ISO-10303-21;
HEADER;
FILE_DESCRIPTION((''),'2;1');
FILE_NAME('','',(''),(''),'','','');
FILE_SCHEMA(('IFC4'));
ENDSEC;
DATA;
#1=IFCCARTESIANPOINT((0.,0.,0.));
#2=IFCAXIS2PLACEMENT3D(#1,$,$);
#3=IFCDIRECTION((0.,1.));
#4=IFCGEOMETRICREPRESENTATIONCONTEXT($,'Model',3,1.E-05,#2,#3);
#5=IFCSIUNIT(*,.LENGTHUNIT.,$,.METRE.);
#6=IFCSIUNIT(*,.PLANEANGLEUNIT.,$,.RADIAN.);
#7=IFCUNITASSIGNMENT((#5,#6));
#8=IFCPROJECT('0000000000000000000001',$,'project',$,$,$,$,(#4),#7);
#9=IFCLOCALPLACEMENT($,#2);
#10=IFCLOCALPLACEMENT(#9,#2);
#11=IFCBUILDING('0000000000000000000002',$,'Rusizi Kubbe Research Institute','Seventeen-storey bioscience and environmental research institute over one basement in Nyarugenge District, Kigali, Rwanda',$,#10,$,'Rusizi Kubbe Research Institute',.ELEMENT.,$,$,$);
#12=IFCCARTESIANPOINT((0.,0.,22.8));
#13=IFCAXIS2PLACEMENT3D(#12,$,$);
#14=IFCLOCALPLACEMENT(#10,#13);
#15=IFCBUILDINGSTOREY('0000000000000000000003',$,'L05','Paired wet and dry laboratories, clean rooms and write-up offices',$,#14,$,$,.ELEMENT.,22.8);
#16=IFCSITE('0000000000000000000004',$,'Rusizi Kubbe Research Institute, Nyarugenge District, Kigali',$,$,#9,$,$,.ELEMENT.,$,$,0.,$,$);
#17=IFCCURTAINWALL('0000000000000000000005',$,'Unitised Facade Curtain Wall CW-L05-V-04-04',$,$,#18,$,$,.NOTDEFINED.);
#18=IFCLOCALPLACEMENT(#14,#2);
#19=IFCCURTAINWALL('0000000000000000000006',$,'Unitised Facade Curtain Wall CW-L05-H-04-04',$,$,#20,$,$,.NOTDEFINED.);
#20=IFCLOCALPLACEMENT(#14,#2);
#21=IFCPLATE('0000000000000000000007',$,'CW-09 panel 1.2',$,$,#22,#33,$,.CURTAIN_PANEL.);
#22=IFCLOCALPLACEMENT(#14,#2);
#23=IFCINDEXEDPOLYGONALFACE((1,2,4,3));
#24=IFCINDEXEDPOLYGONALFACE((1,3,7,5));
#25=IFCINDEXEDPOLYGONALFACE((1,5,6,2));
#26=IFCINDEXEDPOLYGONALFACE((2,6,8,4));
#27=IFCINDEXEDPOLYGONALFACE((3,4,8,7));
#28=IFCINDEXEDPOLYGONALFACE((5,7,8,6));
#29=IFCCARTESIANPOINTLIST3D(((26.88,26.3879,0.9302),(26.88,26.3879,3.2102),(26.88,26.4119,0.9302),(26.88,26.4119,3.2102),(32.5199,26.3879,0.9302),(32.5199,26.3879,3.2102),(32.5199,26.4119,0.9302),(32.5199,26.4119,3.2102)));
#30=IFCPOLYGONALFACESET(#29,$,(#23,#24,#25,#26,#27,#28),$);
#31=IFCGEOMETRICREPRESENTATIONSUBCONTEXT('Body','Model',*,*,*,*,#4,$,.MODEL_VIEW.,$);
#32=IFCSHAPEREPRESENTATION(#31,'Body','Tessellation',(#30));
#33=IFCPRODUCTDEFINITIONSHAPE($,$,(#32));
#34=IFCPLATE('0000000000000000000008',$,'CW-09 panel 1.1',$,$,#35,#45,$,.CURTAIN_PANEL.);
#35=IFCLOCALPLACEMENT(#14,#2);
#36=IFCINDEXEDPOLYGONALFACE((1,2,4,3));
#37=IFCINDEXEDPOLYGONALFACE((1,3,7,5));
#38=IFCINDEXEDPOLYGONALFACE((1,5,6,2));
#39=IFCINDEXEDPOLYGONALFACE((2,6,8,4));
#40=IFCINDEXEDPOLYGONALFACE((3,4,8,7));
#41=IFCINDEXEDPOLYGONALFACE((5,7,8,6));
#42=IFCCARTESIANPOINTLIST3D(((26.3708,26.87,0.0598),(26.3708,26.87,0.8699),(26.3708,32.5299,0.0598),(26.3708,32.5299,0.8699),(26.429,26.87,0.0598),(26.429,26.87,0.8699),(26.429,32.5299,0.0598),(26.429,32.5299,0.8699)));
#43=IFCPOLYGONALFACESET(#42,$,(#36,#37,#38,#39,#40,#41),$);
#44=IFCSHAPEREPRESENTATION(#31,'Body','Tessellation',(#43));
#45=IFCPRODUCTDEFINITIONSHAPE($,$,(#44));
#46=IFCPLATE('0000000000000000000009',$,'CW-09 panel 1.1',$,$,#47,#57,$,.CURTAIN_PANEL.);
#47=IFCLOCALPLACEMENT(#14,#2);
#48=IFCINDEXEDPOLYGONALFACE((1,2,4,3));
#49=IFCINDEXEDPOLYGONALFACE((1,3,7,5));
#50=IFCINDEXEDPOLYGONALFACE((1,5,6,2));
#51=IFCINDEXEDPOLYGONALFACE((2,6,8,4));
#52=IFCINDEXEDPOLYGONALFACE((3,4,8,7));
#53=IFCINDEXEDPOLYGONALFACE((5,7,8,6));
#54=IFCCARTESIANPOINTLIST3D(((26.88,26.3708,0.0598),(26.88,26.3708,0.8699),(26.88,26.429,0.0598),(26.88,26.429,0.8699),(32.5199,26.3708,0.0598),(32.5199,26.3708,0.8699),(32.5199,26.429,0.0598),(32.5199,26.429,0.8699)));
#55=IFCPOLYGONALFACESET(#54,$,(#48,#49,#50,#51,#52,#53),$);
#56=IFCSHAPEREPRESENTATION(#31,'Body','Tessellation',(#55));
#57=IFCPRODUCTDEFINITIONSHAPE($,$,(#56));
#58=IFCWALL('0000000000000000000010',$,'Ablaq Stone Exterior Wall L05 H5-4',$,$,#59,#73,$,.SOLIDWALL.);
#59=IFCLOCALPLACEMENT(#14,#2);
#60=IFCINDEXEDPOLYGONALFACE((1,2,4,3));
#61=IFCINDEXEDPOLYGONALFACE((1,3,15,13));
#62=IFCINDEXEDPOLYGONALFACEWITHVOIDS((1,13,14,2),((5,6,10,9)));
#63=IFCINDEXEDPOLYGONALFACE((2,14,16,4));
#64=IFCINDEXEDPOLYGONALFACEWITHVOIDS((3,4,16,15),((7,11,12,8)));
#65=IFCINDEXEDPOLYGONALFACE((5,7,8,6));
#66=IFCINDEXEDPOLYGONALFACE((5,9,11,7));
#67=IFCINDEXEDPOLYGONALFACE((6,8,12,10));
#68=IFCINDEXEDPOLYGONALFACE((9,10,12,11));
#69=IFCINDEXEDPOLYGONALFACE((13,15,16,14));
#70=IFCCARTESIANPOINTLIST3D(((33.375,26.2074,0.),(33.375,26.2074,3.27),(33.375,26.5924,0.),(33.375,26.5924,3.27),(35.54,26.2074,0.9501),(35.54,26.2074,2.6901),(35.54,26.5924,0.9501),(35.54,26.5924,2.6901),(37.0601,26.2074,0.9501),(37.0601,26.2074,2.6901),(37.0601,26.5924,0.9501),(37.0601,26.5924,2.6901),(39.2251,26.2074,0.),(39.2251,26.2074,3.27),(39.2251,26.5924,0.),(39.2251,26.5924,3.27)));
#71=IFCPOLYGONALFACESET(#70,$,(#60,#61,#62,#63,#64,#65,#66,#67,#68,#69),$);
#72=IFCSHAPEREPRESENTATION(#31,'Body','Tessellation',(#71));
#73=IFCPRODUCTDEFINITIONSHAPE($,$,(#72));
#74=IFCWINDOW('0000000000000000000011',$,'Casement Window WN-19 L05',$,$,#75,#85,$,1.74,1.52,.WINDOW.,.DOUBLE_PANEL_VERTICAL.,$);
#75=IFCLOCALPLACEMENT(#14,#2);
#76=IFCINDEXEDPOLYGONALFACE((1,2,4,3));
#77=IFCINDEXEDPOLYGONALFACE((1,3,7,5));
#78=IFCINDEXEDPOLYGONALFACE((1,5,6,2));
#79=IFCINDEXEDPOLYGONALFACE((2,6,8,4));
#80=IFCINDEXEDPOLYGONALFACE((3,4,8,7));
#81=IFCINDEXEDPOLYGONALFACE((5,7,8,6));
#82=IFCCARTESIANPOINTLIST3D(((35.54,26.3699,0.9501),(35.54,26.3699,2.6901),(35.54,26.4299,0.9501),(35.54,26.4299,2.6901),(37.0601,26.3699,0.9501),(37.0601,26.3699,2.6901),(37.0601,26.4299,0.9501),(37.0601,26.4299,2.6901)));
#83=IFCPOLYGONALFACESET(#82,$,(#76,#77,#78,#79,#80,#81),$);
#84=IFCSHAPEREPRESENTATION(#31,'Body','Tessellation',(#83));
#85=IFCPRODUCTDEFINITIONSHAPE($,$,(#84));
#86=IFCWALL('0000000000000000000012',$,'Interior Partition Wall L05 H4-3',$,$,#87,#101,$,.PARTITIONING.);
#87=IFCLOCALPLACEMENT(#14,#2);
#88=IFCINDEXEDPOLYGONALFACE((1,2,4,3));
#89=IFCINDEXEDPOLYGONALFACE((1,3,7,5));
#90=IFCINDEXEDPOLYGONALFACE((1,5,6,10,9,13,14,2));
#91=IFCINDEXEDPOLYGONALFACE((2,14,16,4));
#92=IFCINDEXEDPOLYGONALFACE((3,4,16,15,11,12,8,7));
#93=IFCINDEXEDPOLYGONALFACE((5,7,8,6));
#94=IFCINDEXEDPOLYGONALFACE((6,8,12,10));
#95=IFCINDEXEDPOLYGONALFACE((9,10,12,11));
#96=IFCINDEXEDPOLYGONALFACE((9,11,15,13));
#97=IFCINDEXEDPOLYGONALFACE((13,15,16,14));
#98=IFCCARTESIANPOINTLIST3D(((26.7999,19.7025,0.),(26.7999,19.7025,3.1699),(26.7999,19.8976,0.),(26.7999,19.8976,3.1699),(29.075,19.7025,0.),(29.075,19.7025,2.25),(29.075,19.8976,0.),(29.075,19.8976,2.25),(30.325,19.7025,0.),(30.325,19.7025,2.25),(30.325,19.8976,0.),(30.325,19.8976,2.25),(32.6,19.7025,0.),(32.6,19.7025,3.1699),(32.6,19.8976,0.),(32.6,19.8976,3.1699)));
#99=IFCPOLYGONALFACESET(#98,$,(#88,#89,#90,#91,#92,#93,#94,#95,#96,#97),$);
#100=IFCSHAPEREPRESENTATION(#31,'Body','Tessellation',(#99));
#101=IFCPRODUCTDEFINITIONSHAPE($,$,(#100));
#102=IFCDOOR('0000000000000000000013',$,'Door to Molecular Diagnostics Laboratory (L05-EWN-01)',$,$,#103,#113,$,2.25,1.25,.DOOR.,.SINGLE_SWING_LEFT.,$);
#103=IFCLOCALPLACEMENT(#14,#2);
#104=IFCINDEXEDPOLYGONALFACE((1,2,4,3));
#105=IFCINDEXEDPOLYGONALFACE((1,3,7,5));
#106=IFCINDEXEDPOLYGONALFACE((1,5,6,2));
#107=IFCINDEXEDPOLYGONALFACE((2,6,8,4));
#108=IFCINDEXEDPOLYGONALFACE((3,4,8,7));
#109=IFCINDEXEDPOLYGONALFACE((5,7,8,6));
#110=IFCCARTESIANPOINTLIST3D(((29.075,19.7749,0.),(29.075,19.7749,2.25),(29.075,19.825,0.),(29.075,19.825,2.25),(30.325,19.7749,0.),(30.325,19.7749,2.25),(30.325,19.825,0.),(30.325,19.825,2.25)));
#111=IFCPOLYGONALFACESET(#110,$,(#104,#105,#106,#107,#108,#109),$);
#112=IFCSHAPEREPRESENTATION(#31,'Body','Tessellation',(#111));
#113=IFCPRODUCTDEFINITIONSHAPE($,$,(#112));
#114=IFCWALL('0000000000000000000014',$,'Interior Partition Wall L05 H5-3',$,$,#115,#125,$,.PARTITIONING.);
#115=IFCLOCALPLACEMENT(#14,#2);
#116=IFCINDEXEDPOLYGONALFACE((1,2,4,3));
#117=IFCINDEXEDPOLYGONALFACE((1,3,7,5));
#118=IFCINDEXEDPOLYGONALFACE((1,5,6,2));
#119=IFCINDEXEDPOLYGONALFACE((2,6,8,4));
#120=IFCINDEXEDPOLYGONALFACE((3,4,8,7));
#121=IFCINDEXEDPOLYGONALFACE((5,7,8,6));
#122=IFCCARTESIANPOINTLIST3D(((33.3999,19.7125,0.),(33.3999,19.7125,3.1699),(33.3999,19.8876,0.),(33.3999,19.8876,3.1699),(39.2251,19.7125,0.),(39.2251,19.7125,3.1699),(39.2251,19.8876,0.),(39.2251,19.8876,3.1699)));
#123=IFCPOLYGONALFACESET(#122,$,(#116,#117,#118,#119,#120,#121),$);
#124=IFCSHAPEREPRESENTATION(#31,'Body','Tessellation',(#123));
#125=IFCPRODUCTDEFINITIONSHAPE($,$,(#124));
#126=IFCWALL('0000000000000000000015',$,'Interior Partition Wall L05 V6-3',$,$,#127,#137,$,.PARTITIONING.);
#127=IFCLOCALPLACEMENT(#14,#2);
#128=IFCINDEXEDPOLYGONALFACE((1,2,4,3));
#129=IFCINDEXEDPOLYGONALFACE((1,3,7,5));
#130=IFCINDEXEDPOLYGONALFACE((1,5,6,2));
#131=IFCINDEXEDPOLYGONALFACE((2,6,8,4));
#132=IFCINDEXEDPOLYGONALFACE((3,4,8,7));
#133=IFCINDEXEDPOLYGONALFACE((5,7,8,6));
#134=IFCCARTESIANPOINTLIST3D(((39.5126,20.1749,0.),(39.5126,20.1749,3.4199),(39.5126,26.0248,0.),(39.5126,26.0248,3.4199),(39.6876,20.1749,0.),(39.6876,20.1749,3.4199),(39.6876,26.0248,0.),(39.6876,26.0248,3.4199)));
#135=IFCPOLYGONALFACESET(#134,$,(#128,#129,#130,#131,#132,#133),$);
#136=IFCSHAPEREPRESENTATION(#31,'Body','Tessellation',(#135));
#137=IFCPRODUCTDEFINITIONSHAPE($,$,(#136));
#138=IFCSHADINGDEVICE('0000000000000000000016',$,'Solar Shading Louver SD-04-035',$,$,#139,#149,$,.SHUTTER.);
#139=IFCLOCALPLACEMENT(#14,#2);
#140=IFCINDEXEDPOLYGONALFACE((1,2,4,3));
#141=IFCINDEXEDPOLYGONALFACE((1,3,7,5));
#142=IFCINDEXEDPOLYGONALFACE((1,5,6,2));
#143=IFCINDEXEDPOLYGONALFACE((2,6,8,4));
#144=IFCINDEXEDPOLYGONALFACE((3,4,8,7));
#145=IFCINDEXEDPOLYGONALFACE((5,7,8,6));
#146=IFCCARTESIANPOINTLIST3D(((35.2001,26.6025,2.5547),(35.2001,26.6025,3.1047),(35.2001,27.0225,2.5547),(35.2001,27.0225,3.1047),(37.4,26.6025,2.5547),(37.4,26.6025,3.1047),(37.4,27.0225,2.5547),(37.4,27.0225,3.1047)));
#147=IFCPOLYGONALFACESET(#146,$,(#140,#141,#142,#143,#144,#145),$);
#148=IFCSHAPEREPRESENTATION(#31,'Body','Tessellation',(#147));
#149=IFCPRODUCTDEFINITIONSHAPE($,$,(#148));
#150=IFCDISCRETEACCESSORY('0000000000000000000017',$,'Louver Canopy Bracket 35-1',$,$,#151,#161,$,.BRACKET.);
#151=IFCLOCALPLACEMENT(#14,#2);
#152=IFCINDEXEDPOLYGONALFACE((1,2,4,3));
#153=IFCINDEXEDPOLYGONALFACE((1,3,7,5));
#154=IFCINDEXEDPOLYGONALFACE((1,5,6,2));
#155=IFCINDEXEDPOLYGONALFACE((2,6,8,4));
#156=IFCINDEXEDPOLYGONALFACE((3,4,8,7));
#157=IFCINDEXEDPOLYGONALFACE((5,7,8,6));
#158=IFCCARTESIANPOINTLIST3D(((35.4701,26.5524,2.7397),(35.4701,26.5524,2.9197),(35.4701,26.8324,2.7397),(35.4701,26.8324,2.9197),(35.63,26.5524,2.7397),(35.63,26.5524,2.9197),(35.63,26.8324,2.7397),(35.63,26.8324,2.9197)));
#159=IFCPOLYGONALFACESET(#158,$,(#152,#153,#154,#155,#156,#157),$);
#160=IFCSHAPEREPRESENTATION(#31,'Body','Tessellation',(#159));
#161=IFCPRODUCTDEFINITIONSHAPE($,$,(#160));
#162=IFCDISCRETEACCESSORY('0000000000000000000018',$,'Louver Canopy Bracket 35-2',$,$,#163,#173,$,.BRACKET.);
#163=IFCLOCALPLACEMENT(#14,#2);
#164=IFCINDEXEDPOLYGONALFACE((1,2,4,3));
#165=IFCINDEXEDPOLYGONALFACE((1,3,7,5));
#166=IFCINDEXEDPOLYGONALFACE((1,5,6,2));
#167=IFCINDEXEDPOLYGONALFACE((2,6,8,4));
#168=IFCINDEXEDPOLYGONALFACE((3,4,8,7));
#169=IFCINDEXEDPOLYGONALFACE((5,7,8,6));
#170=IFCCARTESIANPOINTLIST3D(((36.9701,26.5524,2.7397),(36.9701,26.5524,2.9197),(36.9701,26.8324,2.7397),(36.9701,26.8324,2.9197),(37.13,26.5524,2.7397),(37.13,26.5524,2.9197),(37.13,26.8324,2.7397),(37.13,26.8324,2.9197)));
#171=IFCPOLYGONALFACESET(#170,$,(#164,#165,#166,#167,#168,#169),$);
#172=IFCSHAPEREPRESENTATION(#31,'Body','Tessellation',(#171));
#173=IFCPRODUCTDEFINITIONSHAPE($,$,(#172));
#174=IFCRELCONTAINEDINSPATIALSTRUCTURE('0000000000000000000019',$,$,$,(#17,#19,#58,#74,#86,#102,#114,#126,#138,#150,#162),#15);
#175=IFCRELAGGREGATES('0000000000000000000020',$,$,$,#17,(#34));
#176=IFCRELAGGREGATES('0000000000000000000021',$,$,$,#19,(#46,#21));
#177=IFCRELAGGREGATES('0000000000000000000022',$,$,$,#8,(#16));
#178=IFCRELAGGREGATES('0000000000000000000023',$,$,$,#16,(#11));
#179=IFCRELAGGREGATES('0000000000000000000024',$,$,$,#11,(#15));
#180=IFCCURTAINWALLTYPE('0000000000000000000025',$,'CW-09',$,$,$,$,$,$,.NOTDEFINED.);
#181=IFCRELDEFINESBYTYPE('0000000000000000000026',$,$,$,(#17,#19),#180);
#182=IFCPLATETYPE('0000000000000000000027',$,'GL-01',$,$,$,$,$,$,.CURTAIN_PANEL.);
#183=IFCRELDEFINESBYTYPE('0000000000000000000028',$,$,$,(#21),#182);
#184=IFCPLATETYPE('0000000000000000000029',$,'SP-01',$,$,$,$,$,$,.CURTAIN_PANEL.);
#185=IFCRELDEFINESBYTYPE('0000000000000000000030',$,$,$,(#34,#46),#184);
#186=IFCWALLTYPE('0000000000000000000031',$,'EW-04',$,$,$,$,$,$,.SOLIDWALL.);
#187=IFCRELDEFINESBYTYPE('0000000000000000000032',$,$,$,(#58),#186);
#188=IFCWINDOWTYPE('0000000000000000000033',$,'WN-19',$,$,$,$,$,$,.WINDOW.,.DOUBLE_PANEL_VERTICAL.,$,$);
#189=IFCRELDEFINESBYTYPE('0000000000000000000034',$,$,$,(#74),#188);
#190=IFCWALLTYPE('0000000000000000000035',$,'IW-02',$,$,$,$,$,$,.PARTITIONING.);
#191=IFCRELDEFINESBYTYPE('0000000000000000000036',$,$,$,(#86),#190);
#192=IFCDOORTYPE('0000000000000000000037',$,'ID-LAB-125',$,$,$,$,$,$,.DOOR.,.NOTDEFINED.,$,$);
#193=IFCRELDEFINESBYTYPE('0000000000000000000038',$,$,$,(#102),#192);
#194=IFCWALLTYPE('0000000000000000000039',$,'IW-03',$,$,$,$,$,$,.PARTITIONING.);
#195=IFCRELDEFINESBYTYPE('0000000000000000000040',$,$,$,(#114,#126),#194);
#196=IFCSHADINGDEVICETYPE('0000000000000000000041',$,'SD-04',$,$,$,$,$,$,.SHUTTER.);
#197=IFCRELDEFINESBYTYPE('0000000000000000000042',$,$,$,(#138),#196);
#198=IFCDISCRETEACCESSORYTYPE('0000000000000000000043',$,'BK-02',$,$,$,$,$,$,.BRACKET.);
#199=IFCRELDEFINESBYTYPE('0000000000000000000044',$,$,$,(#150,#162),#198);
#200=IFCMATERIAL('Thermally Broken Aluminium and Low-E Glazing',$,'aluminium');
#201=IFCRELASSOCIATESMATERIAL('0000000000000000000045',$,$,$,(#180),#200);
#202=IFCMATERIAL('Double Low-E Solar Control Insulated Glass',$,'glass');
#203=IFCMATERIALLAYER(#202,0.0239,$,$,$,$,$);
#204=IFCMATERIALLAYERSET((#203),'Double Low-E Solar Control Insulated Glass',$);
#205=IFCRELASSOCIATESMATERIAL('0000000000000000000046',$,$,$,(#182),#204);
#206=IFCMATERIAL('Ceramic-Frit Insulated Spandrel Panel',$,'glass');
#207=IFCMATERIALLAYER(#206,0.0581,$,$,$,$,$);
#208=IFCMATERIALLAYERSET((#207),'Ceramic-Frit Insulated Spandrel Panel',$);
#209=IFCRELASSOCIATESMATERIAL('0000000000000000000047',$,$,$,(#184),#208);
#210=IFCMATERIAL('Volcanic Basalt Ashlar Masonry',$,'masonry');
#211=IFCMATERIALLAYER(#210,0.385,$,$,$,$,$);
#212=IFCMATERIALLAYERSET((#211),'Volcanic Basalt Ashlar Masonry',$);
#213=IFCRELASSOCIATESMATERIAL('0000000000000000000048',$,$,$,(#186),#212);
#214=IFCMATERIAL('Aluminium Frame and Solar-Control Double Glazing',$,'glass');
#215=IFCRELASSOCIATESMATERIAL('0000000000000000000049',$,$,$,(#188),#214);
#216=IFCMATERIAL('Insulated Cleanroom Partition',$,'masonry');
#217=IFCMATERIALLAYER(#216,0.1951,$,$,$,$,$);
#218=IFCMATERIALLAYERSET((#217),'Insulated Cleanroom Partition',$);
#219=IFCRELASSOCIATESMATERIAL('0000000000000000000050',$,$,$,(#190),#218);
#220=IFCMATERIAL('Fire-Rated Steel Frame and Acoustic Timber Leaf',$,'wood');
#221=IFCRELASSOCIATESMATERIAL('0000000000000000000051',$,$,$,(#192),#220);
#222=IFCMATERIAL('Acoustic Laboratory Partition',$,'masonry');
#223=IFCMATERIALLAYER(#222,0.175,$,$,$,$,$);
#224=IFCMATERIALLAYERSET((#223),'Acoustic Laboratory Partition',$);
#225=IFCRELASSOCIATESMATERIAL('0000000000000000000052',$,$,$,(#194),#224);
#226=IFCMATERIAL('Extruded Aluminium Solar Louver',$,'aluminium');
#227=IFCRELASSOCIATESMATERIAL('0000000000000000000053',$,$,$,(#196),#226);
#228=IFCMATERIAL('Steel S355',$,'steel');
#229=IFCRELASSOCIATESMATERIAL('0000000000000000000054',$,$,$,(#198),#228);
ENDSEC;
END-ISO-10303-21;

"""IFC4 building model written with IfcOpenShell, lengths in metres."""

from ifc_helpers import new_model, si_unit, direction, frame, frame_2d, origin, origin_2d, place, context, subcontext, project, spatial, rectangle, extrude, material, layer, layer_set, type_object, element, fill, aggregate, save


model = new_model("IFC4")

# Units and contexts
model_context = context("Model", 3, precision=1e-05, world=origin(), true_north=direction((0.0, 1.0)))
body_context = subcontext(model_context, "Body", "Model", "MODEL_VIEW")
ifc_project = project(units=[si_unit("LENGTHUNIT", "METRE"), si_unit("PLANEANGLEUNIT", "RADIAN")], contexts=[model_context])

# Site, building, storey
site_placement = place(None, origin())
site = spatial("IfcSite", under=ifc_project, at=site_placement, Name="Rusizi Kubbe Research Institute, Nyarugenge District, Kigali", CompositionType="ELEMENT", RefElevation=0.0)
building_placement = place(site_placement, origin())
building = spatial("IfcBuilding", under=site, at=building_placement, Name="Rusizi Kubbe Research Institute", Description="Seventeen-storey bioscience and environmental research institute over one basement in Nyarugenge District, Kigali, Rwanda", LongName="Rusizi Kubbe Research Institute", CompositionType="ELEMENT")
storey_placement = place(building_placement, frame((0.0, 0.0, 22.8)))
storey = spatial("IfcBuildingStorey", under=building, at=storey_placement, Name="L05", Description="Paired wet and dry laboratories, clean rooms and write-up offices", CompositionType="ELEMENT", Elevation=22.8)

# Curtain wall
ifc_material_1 = material(Name="Thermally Broken Aluminium and Low-E Glazing", Category="aluminium")
curtain_wall_type = type_object("IfcCurtainWallType", Name="CW-09", PredefinedType="NOTDEFINED", material=ifc_material_1)
curtain_wall_1_placement = place(storey_placement, origin())
curtain_wall_1 = element("IfcCurtainWall", 1, at=curtain_wall_1_placement, inside=storey, type_object=curtain_wall_type, Name="Unitised Facade Curtain Wall CW-L05-V-04-04", PredefinedType="NOTDEFINED")

# Curtain wall
curtain_wall_2_placement = place(storey_placement, origin())
curtain_wall_2 = element("IfcCurtainWall", 2, at=curtain_wall_2_placement, inside=storey, type_object=curtain_wall_type, Name="Unitised Facade Curtain Wall CW-L05-H-04-04", PredefinedType="NOTDEFINED")

# Plates
ifc_material_2 = material(Name="Double Low-E Solar Control Insulated Glass", Category="glass")
ifc_layer_1 = layer(ifc_material_2, 0.0239)
ifc_layer_set_1 = layer_set([ifc_layer_1], Name="Double Low-E Solar Control Insulated Glass")
plate_type_1 = type_object("IfcPlateType", Name="GL-01", PredefinedType="CURTAIN_PANEL", material=ifc_layer_set_1)
plate_1_placement = place(storey_placement, frame((29.7, 26.3999, 0.9302), z_axis=(0.0, 0.0, 1.0), x_axis=(1.0, 0.0, 0.0)))
plate_1 = element("IfcPlate", 3, at=plate_1_placement, type_object=plate_type_1, Name="CW-09 panel 1.2", PredefinedType="CURTAIN_PANEL", context=body_context, shape_type="SweptSolid", body=[
    extrude(rectangle(XDim=5.6399, YDim=0.0239, at=origin_2d()), origin(), (0.0, 0.0, 1.0), 2.28),
])
ifc_material_3 = material(Name="Ceramic-Frit Insulated Spandrel Panel", Category="glass")
ifc_layer_2 = layer(ifc_material_3, 0.0581)
ifc_layer_set_2 = layer_set([ifc_layer_2], Name="Ceramic-Frit Insulated Spandrel Panel")
plate_type_2 = type_object("IfcPlateType", Name="SP-01", PredefinedType="CURTAIN_PANEL", material=ifc_layer_set_2)
plate_2_placement = place(storey_placement, frame((26.3999, 29.7, 0.0598), z_axis=(0.0, 0.0, 1.0), x_axis=(0.0, 1.0, 0.0)))
plate_2 = element("IfcPlate", 4, at=plate_2_placement, type_object=plate_type_2, Name="CW-09 panel 1.1", PredefinedType="CURTAIN_PANEL", context=body_context, shape_type="SweptSolid", body=[
    extrude(rectangle(XDim=5.6599, YDim=0.0581, at=origin_2d()), origin(), (0.0, 0.0, 1.0), 0.8101),
])
aggregate(curtain_wall_1, [plate_2])
plate_3_placement = place(storey_placement, frame((29.7, 26.3999, 0.0598), z_axis=(0.0, 0.0, 1.0), x_axis=(1.0, 0.0, 0.0)))
plate_3 = element("IfcPlate", 5, at=plate_3_placement, type_object=plate_type_2, Name="CW-09 panel 1.1", PredefinedType="CURTAIN_PANEL", context=body_context, shape_type="SweptSolid", body=[
    extrude(rectangle(XDim=5.6399, YDim=0.0581, at=origin_2d()), origin(), (0.0, 0.0, 1.0), 0.8101),
])
aggregate(curtain_wall_2, [plate_3, plate_1])

# Wall, opening, window
ifc_material_4 = material(Name="Volcanic Basalt Ashlar Masonry", Category="masonry")
ifc_layer_3 = layer(ifc_material_4, 0.385)
ifc_layer_set_3 = layer_set([ifc_layer_3], Name="Volcanic Basalt Ashlar Masonry")
wall_type_1 = type_object("IfcWallType", Name="EW-04", PredefinedType="SOLIDWALL", material=ifc_layer_set_3)
wall_1_placement = place(storey_placement, frame((33.375, 26.3999, 0.0), z_axis=(0.0, 0.0, 1.0), x_axis=(1.0, 0.0, 0.0)))
wall_1 = element("IfcWall", 6, at=wall_1_placement, inside=storey, type_object=wall_type_1, Name="Ablaq Stone Exterior Wall L05 H5-4", PredefinedType="SOLIDWALL", context=body_context, shape_type="SweptSolid", body=[
    extrude(rectangle(XDim=5.8501, YDim=0.385, at=frame_2d((2.925, 0.0))), origin(), (0.0, 0.0, 1.0), 3.27),
])
opening_1_placement = place(wall_1_placement, frame((2.165, 0.0, 0.95)))
opening_1 = element("IfcOpeningElement", 7, at=opening_1_placement, cuts=wall_1, PredefinedType="OPENING", context=body_context, shape_type="SweptSolid", body=[
    extrude(rectangle(XDim=1.52, YDim=1.74, at=frame_2d((0.76, 0.8701))), frame((0.0, 0.2024, 0.0), z_axis=(0.0, -1.0, 0.0), x_axis=(1.0, 0.0, 0.0)), (0.0, 0.0, 1.0), 0.405),
])
ifc_material_5 = material(Name="Aluminium Frame and Solar-Control Double Glazing", Category="glass")
window_type = type_object("IfcWindowType", Name="WN-19", PartitioningType="DOUBLE_PANEL_VERTICAL", PredefinedType="WINDOW", material=ifc_material_5)
window_placement = place(opening_1_placement, origin())
window = element("IfcWindow", 8, at=window_placement, inside=storey, type_object=window_type, Name="Casement Window WN-19 L05", OverallHeight=1.74, OverallWidth=1.52, PartitioningType="DOUBLE_PANEL_VERTICAL", PredefinedType="WINDOW", context=body_context, shape_type="SweptSolid", body=[
    extrude(rectangle(XDim=1.52, YDim=1.74, at=frame_2d((0.76, 0.8701))), frame((0.0, 0.03, 0.0), z_axis=(0.0, -1.0, 0.0), x_axis=(1.0, 0.0, 0.0)), (0.0, 0.0, 1.0), 0.0601),
])
fill(opening_1, window)

# Wall, opening, door
ifc_material_6 = material(Name="Insulated Cleanroom Partition", Category="masonry")
ifc_layer_4 = layer(ifc_material_6, 0.1951)
ifc_layer_set_4 = layer_set([ifc_layer_4], Name="Insulated Cleanroom Partition")
wall_type_2 = type_object("IfcWallType", Name="IW-02", PredefinedType="PARTITIONING", material=ifc_layer_set_4)
wall_2_placement = place(storey_placement, frame((26.8, 19.8, 0.0), z_axis=(0.0, 0.0, 1.0), x_axis=(1.0, 0.0, 0.0)))
wall_2 = element("IfcWall", 9, at=wall_2_placement, inside=storey, type_object=wall_type_2, Name="Interior Partition Wall L05 H4-3", PredefinedType="PARTITIONING", context=body_context, shape_type="SweptSolid", body=[
    extrude(rectangle(XDim=5.8, YDim=0.1951, at=frame_2d((2.8999, 0.0))), origin(), (0.0, 0.0, 1.0), 3.1699),
])
opening_2_placement = place(wall_2_placement, frame((2.2749, 0.0, 0.0)))
opening_2 = element("IfcOpeningElement", 10, at=opening_2_placement, cuts=wall_2, PredefinedType="OPENING", context=body_context, shape_type="SweptSolid", body=[
    extrude(rectangle(XDim=1.25, YDim=2.25, at=frame_2d((0.625, 1.125))), frame((0.0, 0.1074, 0.0), z_axis=(0.0, -1.0, 0.0), x_axis=(1.0, 0.0, 0.0)), (0.0, 0.0, 1.0), 0.2151),
])
ifc_material_7 = material(Name="Fire-Rated Steel Frame and Acoustic Timber Leaf", Category="wood")
door_type = type_object("IfcDoorType", Name="ID-LAB-125", OperationType="NOTDEFINED", PredefinedType="DOOR", material=ifc_material_7)
door_placement = place(opening_2_placement, origin())
door = element("IfcDoor", 11, at=door_placement, inside=storey, type_object=door_type, Name="Door to Molecular Diagnostics Laboratory (L05-EWN-01)", OperationType="SINGLE_SWING_LEFT", OverallHeight=2.25, OverallWidth=1.25, PredefinedType="DOOR", context=body_context, shape_type="SweptSolid", body=[
    extrude(rectangle(XDim=1.25, YDim=2.25, at=frame_2d((0.625, 1.125))), frame((0.0, 0.0249, 0.0), z_axis=(0.0, -1.0, 0.0), x_axis=(1.0, 0.0, 0.0)), (0.0, 0.0, 1.0), 0.05),
])
fill(opening_2, door)

# Walls
ifc_material_8 = material(Name="Acoustic Laboratory Partition", Category="masonry")
ifc_layer_5 = layer(ifc_material_8, 0.175)
ifc_layer_set_5 = layer_set([ifc_layer_5], Name="Acoustic Laboratory Partition")
wall_type_3 = type_object("IfcWallType", Name="IW-03", PredefinedType="PARTITIONING", material=ifc_layer_set_5)
wall_3_placement = place(storey_placement, frame((33.3999, 19.8, 0.0), z_axis=(0.0, 0.0, 1.0), x_axis=(1.0, 0.0, 0.0)))
element("IfcWall", 12, at=wall_3_placement, inside=storey, type_object=wall_type_3, Name="Interior Partition Wall L05 H5-3", PredefinedType="PARTITIONING", context=body_context, shape_type="SweptSolid", body=[
    extrude(rectangle(XDim=5.8252, YDim=0.175, at=frame_2d((2.9126, 0.0))), origin(), (0.0, 0.0, 1.0), 3.1699),
])
wall_4_placement = place(storey_placement, frame((39.6001, 20.175, 0.0), z_axis=(0.0, 0.0, 1.0), x_axis=(0.0, 1.0, 0.0)))
element("IfcWall", 13, at=wall_4_placement, inside=storey, type_object=wall_type_3, Name="Interior Partition Wall L05 V6-3", PredefinedType="PARTITIONING", context=body_context, shape_type="SweptSolid", body=[
    extrude(rectangle(XDim=5.8499, YDim=0.175, at=frame_2d((2.9248, 0.0))), origin(), (0.0, 0.0, 1.0), 3.4199),
])

# Shading device
ifc_material_9 = material(Name="Extruded Aluminium Solar Louver", Category="aluminium")
shading_device_type = type_object("IfcShadingDeviceType", Name="SD-04", PredefinedType="SHUTTER", material=ifc_material_9)
shading_device_placement = place(storey_placement, frame((36.3, 26.8125, 2.5547), z_axis=(0.0, 0.0, 1.0), x_axis=(1.0, 0.0, 0.0)))
element("IfcShadingDevice", 14, at=shading_device_placement, inside=storey, type_object=shading_device_type, Name="Solar Shading Louver SD-04-035", PredefinedType="SHUTTER", context=body_context, shape_type="SweptSolid", body=[
    extrude(rectangle(XDim=2.2, YDim=0.4199, at=origin_2d()), origin(), (0.0, 0.0, 1.0), 0.55),
])

# Discrete accessories
ifc_material_10 = material(Name="Steel S355", Category="steel")
discrete_accessory_type = type_object("IfcDiscreteAccessoryType", Name="BK-02", PredefinedType="BRACKET", material=ifc_material_10)
for number, where, z_axis, x_axis, name in (
    (15, (35.55, 26.6924, 2.7397), (0.0, 0.0, 1.0), (1.0, 0.0, 0.0), "Louver Canopy Bracket 35-1"),
    (16, (37.05, 26.6924, 2.7397), (0.0, 0.0, 1.0), (1.0, 0.0, 0.0), "Louver Canopy Bracket 35-2"),
):
    element("IfcDiscreteAccessory", number, at=place(storey_placement, frame(where, z_axis=z_axis, x_axis=x_axis)), inside=storey, type_object=discrete_accessory_type, Name=name, PredefinedType="BRACKET", context=body_context, shape_type="SweptSolid", body=[
        extrude(rectangle(XDim=0.1599, YDim=0.28, at=origin_2d()), origin(), (0.0, 0.0, 1.0), 0.1799),
    ])

save(model, "model.ifc")
